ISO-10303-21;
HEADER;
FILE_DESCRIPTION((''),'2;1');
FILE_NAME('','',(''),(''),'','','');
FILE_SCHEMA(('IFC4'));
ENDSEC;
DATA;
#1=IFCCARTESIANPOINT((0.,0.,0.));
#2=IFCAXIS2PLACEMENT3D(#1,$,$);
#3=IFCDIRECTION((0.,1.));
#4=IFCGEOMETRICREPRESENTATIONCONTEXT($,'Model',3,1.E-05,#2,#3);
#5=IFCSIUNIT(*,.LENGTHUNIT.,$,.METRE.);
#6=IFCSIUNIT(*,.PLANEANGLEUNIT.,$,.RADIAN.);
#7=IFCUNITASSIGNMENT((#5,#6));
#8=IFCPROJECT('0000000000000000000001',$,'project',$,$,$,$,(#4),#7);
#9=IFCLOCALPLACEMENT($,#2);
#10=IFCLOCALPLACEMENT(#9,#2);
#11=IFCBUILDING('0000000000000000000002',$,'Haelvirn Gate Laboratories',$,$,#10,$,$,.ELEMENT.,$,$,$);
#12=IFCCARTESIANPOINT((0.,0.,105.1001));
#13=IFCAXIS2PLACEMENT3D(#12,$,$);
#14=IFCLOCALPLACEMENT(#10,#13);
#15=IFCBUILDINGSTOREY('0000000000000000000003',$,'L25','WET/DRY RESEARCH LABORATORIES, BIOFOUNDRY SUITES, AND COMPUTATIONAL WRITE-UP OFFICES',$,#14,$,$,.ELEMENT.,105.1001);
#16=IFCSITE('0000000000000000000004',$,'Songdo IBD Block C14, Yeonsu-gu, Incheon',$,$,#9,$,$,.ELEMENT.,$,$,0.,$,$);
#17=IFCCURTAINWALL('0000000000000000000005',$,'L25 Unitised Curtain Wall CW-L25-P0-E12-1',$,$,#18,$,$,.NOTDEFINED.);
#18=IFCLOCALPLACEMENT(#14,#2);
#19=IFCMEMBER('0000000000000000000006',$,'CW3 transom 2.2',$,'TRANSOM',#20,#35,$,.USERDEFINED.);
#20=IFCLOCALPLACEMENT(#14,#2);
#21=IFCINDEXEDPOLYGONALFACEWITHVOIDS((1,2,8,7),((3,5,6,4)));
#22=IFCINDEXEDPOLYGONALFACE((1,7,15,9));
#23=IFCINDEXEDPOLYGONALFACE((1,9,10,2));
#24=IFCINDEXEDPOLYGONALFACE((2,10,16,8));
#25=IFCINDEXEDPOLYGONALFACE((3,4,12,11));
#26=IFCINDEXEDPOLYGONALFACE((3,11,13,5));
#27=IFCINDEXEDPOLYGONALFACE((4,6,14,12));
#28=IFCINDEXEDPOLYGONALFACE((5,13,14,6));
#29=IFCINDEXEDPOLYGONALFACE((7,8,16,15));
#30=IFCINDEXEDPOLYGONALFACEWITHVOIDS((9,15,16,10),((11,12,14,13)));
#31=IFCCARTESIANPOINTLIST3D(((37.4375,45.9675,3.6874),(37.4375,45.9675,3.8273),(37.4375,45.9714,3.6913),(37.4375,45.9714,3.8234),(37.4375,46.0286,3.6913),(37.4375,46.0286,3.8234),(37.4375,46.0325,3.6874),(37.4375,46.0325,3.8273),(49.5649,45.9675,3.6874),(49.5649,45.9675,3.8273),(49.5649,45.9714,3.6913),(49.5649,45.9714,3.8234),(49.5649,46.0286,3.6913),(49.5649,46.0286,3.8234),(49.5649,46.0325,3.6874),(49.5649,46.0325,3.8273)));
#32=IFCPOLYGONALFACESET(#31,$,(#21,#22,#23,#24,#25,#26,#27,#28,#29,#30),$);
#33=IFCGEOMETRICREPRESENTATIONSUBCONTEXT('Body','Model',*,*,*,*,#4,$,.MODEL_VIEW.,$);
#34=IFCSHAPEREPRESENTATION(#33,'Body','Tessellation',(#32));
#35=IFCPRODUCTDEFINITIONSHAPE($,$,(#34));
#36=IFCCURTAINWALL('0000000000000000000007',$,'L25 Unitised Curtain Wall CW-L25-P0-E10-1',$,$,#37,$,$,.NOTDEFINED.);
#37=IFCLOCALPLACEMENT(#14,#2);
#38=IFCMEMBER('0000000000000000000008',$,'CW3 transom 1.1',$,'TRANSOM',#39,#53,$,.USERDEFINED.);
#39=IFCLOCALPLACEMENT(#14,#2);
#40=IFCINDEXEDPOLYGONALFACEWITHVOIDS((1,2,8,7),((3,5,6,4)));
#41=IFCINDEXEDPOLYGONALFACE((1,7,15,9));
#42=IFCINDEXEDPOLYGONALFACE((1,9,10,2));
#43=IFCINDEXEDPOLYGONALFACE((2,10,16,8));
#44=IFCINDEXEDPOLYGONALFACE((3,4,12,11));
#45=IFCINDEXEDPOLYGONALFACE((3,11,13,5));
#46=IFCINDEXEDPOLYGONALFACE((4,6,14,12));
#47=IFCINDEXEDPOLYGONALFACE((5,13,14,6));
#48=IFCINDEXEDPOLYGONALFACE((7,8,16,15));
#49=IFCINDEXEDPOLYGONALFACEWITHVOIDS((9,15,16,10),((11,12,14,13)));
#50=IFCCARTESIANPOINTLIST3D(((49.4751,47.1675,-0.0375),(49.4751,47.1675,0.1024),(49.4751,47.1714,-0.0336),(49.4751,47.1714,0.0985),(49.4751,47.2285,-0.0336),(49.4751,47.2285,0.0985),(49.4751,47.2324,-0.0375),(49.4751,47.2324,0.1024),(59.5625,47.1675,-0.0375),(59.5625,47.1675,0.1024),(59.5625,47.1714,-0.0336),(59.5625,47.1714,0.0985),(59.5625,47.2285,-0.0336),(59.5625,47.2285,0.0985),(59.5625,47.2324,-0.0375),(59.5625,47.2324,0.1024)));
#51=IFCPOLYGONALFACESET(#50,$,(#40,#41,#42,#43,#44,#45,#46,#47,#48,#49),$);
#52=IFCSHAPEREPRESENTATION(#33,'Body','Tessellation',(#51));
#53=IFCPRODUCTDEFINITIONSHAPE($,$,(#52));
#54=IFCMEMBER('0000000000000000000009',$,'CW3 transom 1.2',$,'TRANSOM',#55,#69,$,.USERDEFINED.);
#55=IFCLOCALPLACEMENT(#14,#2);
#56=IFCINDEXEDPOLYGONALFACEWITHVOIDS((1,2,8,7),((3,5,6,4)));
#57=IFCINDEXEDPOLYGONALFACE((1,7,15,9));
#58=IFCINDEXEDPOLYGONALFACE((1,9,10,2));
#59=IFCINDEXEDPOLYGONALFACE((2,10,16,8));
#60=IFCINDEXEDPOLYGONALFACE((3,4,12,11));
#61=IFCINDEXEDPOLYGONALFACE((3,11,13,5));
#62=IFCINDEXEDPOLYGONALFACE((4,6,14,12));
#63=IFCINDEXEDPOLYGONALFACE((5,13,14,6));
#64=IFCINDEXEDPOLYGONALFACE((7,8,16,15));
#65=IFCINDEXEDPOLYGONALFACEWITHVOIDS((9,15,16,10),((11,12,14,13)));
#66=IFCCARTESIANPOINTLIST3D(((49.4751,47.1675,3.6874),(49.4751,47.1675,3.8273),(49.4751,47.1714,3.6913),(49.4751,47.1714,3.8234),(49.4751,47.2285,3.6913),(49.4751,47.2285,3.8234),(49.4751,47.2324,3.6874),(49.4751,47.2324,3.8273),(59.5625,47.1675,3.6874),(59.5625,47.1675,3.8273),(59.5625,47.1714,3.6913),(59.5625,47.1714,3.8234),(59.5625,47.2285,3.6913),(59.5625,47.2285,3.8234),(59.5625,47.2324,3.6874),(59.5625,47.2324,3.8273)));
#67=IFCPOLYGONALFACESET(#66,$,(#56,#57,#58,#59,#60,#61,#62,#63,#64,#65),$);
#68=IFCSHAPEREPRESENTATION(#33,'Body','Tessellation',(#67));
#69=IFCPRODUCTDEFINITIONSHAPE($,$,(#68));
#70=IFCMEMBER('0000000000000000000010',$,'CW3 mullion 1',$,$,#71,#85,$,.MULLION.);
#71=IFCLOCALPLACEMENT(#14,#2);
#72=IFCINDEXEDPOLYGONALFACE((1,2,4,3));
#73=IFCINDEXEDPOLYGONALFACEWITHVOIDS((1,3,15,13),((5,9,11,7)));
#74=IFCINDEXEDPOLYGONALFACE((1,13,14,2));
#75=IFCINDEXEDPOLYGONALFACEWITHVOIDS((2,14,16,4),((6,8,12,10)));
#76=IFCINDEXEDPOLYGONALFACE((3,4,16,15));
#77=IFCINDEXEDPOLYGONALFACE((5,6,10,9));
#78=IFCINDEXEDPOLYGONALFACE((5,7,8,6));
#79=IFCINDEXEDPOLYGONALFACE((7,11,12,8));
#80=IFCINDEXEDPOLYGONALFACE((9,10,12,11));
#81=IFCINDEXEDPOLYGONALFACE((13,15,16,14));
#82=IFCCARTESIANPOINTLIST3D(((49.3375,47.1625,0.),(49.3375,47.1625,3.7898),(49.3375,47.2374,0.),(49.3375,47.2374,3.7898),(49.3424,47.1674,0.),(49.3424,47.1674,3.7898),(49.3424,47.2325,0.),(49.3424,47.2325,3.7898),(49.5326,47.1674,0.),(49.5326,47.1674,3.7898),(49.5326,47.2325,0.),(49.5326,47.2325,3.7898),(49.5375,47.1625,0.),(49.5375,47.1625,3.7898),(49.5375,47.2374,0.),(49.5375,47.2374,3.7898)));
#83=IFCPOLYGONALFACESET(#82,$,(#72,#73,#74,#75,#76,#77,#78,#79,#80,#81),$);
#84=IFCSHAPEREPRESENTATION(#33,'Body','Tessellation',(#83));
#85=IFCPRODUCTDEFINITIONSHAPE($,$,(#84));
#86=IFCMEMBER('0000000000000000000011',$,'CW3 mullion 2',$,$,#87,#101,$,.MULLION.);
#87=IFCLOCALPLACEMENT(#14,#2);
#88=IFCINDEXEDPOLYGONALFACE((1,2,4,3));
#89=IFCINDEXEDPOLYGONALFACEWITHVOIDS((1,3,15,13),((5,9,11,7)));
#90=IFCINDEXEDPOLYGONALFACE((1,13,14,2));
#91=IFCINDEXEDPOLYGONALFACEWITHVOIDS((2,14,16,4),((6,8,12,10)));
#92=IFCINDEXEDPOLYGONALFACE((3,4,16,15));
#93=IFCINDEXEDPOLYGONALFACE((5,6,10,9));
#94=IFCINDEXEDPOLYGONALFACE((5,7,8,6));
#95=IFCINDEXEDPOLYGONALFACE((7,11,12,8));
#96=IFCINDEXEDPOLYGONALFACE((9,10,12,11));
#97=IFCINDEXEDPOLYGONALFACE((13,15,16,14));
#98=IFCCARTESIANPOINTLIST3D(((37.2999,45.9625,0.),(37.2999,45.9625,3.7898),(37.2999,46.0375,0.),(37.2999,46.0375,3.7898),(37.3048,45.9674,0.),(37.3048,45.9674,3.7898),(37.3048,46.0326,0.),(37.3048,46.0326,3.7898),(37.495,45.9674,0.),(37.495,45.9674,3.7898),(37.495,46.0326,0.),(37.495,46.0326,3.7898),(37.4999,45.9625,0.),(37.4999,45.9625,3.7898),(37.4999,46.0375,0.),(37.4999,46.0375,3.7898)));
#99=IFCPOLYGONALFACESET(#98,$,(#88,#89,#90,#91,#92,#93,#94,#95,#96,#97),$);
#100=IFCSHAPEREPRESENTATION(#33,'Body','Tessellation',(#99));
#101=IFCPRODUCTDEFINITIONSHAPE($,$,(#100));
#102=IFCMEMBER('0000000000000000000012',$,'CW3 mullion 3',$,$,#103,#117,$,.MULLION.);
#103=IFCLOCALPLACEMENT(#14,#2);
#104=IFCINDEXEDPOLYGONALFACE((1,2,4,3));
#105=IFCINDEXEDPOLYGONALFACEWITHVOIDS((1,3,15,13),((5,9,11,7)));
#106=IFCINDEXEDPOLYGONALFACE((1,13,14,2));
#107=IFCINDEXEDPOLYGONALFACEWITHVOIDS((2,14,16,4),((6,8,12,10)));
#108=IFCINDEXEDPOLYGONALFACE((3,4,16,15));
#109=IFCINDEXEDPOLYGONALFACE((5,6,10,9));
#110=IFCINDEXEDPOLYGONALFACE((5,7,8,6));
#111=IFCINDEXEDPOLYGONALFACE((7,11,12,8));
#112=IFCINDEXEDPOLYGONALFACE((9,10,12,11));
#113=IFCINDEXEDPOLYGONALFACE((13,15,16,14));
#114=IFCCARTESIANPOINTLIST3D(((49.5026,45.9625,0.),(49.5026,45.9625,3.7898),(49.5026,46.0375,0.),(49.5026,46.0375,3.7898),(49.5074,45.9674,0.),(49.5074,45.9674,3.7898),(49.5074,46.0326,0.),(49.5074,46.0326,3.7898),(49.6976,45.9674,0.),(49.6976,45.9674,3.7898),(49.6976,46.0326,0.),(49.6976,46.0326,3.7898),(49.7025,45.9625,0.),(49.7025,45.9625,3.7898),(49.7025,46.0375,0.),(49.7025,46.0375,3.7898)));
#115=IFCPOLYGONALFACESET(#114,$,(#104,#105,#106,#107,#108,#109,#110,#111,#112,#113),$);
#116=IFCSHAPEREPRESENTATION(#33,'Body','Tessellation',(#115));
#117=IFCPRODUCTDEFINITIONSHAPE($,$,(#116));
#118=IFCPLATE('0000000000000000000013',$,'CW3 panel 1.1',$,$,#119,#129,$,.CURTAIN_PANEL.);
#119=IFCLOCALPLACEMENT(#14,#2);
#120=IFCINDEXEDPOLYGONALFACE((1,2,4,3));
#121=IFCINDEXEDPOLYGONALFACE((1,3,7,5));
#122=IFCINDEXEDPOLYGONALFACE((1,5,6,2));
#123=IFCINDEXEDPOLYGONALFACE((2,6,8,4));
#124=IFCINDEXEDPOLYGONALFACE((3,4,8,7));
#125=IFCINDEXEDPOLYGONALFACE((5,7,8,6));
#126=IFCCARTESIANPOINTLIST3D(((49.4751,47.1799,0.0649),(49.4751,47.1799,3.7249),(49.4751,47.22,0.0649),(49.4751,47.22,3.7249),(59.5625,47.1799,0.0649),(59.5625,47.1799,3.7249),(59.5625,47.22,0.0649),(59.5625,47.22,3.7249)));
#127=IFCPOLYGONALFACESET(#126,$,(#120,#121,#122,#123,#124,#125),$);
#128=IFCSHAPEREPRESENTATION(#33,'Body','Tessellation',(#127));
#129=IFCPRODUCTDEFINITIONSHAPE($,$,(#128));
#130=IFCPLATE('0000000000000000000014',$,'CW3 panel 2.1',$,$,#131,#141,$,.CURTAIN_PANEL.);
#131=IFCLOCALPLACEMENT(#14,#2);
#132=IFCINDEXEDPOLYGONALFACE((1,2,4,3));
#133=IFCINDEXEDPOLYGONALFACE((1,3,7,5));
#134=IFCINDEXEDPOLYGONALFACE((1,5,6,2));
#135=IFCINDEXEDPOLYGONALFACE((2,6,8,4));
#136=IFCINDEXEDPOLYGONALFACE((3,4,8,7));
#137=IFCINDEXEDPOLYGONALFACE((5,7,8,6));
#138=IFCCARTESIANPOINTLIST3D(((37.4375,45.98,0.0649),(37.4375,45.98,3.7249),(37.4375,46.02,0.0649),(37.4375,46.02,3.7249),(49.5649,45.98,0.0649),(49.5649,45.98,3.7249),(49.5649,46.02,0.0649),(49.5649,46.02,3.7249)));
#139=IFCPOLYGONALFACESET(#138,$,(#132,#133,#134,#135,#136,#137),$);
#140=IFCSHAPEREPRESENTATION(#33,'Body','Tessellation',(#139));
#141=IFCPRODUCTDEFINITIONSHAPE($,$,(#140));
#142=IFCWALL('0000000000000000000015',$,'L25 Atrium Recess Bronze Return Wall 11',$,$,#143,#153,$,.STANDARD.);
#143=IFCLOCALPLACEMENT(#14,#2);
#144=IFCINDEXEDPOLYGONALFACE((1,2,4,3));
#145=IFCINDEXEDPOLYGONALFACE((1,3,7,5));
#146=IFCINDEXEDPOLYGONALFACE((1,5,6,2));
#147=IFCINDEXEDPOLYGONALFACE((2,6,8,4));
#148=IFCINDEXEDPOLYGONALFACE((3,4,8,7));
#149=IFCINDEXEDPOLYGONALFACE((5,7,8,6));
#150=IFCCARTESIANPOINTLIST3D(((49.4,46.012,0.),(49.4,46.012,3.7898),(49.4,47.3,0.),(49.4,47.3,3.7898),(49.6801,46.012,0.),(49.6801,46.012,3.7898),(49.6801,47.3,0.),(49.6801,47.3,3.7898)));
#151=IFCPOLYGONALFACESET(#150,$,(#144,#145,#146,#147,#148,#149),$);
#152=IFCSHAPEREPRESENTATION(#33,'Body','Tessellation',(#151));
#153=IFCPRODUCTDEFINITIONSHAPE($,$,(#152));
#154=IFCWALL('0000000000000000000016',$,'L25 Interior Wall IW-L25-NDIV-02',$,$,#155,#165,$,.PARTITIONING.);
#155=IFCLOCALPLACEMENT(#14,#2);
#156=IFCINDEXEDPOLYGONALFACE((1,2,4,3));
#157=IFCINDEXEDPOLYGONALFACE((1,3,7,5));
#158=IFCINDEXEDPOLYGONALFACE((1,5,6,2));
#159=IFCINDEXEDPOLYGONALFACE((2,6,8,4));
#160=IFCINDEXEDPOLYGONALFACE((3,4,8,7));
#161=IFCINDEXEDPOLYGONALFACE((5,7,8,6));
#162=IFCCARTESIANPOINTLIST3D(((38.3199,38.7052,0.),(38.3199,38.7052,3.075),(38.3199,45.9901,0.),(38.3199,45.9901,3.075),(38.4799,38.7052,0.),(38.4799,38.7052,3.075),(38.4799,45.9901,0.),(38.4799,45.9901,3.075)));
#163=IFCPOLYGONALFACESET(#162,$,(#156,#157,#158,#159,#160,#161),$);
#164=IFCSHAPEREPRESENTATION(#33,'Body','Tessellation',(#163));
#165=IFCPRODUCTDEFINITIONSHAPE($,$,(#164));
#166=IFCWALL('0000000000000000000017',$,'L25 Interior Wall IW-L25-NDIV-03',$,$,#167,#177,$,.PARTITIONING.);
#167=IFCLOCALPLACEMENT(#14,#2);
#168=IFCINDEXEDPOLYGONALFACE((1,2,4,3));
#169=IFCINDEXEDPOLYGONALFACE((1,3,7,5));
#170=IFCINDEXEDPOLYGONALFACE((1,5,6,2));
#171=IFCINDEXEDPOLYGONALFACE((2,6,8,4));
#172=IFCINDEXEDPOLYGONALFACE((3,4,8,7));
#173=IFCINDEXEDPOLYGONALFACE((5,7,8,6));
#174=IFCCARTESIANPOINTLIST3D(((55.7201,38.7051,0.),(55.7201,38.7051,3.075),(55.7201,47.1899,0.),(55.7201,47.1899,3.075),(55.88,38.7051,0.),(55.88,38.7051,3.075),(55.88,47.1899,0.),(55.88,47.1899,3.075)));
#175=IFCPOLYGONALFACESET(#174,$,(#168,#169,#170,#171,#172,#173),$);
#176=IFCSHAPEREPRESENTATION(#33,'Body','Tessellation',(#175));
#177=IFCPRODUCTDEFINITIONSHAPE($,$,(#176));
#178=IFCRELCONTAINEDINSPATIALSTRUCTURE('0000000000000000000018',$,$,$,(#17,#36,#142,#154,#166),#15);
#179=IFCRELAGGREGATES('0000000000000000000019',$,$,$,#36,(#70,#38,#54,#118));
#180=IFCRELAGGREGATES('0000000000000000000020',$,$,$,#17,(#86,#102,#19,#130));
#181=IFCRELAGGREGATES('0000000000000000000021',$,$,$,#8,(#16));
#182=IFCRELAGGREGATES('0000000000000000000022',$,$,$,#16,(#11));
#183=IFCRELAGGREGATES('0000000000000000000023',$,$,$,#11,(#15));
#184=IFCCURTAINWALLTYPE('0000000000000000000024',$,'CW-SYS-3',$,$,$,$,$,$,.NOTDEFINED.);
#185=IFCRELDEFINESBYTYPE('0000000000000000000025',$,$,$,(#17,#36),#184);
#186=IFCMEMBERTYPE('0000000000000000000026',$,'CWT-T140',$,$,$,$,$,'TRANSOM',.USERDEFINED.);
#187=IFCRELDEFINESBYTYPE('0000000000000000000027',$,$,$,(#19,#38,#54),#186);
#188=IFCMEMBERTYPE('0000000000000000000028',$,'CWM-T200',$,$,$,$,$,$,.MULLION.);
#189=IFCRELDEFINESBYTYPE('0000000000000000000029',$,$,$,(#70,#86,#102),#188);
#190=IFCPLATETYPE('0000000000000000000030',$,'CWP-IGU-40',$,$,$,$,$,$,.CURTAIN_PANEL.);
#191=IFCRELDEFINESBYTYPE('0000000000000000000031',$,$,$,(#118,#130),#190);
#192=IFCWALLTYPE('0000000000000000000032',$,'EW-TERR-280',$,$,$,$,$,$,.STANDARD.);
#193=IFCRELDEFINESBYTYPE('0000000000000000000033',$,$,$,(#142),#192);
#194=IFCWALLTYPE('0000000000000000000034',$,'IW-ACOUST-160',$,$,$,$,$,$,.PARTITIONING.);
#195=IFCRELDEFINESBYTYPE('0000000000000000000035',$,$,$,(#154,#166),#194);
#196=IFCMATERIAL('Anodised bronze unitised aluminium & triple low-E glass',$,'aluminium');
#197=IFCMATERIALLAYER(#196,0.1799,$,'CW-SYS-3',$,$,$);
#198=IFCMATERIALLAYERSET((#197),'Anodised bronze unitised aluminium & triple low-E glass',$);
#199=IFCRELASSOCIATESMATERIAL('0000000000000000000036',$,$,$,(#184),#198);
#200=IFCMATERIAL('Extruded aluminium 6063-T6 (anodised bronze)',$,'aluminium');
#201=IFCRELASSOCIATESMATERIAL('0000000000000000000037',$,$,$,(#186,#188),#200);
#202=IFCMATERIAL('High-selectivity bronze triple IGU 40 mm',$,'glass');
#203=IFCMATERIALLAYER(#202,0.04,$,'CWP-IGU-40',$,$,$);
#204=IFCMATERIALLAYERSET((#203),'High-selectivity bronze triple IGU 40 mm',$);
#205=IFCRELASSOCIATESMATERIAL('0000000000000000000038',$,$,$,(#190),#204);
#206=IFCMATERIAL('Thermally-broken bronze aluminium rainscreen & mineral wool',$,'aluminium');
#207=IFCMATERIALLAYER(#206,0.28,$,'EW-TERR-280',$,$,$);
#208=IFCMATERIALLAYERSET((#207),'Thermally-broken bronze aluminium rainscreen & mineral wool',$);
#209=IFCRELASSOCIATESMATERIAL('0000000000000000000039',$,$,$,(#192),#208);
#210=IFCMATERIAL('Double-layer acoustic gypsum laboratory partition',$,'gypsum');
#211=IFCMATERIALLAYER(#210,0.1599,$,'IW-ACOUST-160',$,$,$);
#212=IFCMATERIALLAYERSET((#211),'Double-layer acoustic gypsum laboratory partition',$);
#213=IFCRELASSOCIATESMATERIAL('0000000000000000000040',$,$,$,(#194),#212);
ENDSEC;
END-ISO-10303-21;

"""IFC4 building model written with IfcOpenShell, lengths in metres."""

from ifc_helpers import new_model, si_unit, direction, frame, frame_2d, origin, origin_2d, place, context, subcontext, project, spatial, rectangle, hollow_rectangle, extrude, source, transform, mapped, material, layer, layer_set, material_profile, profile_set, type_object, type_shapes, element, aggregate, save


model = new_model("IFC4")

# Units and contexts
model_context = context("Model", 3, precision=1e-05, world=origin(), true_north=direction((0.0, 1.0)))
body_context = subcontext(model_context, "Body", "Model", "MODEL_VIEW")
ifc_project = project(units=[si_unit("LENGTHUNIT", "METRE"), si_unit("PLANEANGLEUNIT", "RADIAN")], contexts=[model_context])

# Site, building, storey
site_placement = place(None, origin())
site = spatial("IfcSite", under=ifc_project, at=site_placement, Name="Songdo IBD Block C14, Yeonsu-gu, Incheon", CompositionType="ELEMENT", RefElevation=0.0)
building_placement = place(site_placement, origin())
building = spatial("IfcBuilding", under=site, at=building_placement, Name="Haelvirn Gate Laboratories", CompositionType="ELEMENT")
storey_placement = place(building_placement, frame((0.0, 0.0, 105.1001)))
storey = spatial("IfcBuildingStorey", under=building, at=storey_placement, Name="L25", Description="WET/DRY RESEARCH LABORATORIES, BIOFOUNDRY SUITES, AND COMPUTATIONAL WRITE-UP OFFICES", CompositionType="ELEMENT", Elevation=105.1001)

# Curtain walls, members
ifc_material_1 = material(Name="Anodised bronze unitised aluminium & triple low-E glass", Category="aluminium")
ifc_layer_1 = layer(ifc_material_1, 0.1799, Name="CW-SYS-3")
ifc_layer_set_1 = layer_set([ifc_layer_1], Name="Anodised bronze unitised aluminium & triple low-E glass")
curtain_wall_type = type_object("IfcCurtainWallType", Name="CW-SYS-3", PredefinedType="NOTDEFINED", material=ifc_layer_set_1)
curtain_wall_1_placement = place(storey_placement, origin())
curtain_wall_1 = element("IfcCurtainWall", 1, at=curtain_wall_1_placement, inside=storey, type_object=curtain_wall_type, Name="L25 Unitised Curtain Wall CW-L25-P0-E12-1", PredefinedType="NOTDEFINED")
ifc_material_2 = material(Name="Extruded aluminium 6063-T6 (anodised bronze)", Category="aluminium")
ifc_material_profile_1 = material_profile(ifc_material_2, hollow_rectangle(XDim=0.0649, YDim=0.1399, WallThickness=0.0039, at=origin_2d()), Name="CWT-140x65x4")
ifc_profile_set_1 = profile_set([ifc_material_profile_1], Name="Extruded aluminium 6063-T6 (anodised bronze)")
member_type_1 = type_object("IfcMemberType", Name="CWT-T140", ElementType="TRANSOM", PredefinedType="USERDEFINED", material=ifc_profile_set_1)
shared_shape_1 = source(origin(), body_context, "Body", "SweptSolid", [
    extrude(hollow_rectangle(XDim=0.0649, YDim=0.1399, WallThickness=0.0039, at=origin_2d()), origin(), (0.0, 0.0, 1.0), 12.1274),
])
member_1_placement = place(storey_placement, frame((37.4375, 46.0, 3.7573), z_axis=(1.0, 0.0, 0.0), x_axis=(0.0, 1.0, 0.0)))
member_1 = element("IfcMember", 2, at=member_1_placement, type_object=member_type_1, Name="CW3 transom 2.2", ObjectType="TRANSOM", PredefinedType="USERDEFINED", context=body_context, shape_type="MappedRepresentation", body=[
    mapped(shared_shape_1, transform((0.0, 0.0, 0.0), scale=1.0)),
])
curtain_wall_2_placement = place(storey_placement, origin())
curtain_wall_2 = element("IfcCurtainWall", 3, at=curtain_wall_2_placement, inside=storey, type_object=curtain_wall_type, Name="L25 Unitised Curtain Wall CW-L25-P0-E10-1", PredefinedType="NOTDEFINED")
shared_shape_2 = source(origin(), body_context, "Body", "SweptSolid", [
    extrude(hollow_rectangle(XDim=0.0649, YDim=0.1399, WallThickness=0.0039, at=origin_2d()), origin(), (0.0, 0.0, 1.0), 10.0874),
])
type_shapes(member_type_1, [shared_shape_1, shared_shape_2])
member_2_placement = place(storey_placement, frame((49.4751, 47.2, 0.0325), z_axis=(1.0, 0.0, 0.0), x_axis=(0.0, 1.0, 0.0)))
member_2 = element("IfcMember", 4, at=member_2_placement, type_object=member_type_1, Name="CW3 transom 1.1", ObjectType="TRANSOM", PredefinedType="USERDEFINED", context=body_context, shape_type="MappedRepresentation", body=[
    mapped(shared_shape_2, transform((0.0, 0.0, 0.0), scale=1.0)),
])
member_3_placement = place(storey_placement, frame((49.4751, 47.2, 3.7573), z_axis=(1.0, 0.0, 0.0), x_axis=(0.0, 1.0, 0.0)))
member_3 = element("IfcMember", 5, at=member_3_placement, type_object=member_type_1, Name="CW3 transom 1.2", ObjectType="TRANSOM", PredefinedType="USERDEFINED", context=body_context, shape_type="MappedRepresentation", body=[
    mapped(shared_shape_2, transform((0.0, 0.0, 0.0), scale=1.0)),
])
ifc_material_profile_2 = material_profile(ifc_material_2, hollow_rectangle(XDim=0.075, YDim=0.2, WallThickness=0.0049, at=origin_2d()), Name="CWM-200x75x5")
ifc_profile_set_2 = profile_set([ifc_material_profile_2], Name="Extruded aluminium 6063-T6 (anodised bronze)")
member_type_2 = type_object("IfcMemberType", Name="CWM-T200", PredefinedType="MULLION", material=ifc_profile_set_2)
shared_shape_3 = source(origin(), body_context, "Body", "SweptSolid", [
    extrude(hollow_rectangle(XDim=0.075, YDim=0.2, WallThickness=0.0049, at=origin_2d()), origin(), (0.0, 0.0, 1.0), 3.7898),
])
type_shapes(member_type_2, [shared_shape_3])
member_4_placement = place(storey_placement, frame((49.4375, 47.2, 0.0), z_axis=(0.0, 0.0, 1.0), x_axis=(0.0, 1.0, 0.0)))
member_4 = element("IfcMember", 6, at=member_4_placement, type_object=member_type_2, Name="CW3 mullion 1", PredefinedType="MULLION", context=body_context, shape_type="MappedRepresentation", body=[
    mapped(shared_shape_3, transform((0.0, 0.0, 0.0), scale=1.0)),
])

# Members
member_5_placement = place(storey_placement, frame((37.3999, 46.0, 0.0), z_axis=(0.0, 0.0, 1.0), x_axis=(0.0, 1.0, 0.0)))
member_5 = element("IfcMember", 7, at=member_5_placement, type_object=member_type_2, Name="CW3 mullion 2", PredefinedType="MULLION", context=body_context, shape_type="MappedRepresentation", body=[
    mapped(shared_shape_3, transform((0.0, 0.0, 0.0), scale=1.0)),
])
member_6_placement = place(storey_placement, frame((49.6025, 46.0, 0.0), z_axis=(0.0, 0.0, 1.0), x_axis=(0.0, 1.0, 0.0)))
member_6 = element("IfcMember", 8, at=member_6_placement, type_object=member_type_2, Name="CW3 mullion 3", PredefinedType="MULLION", context=body_context, shape_type="MappedRepresentation", body=[
    mapped(shared_shape_3, transform((0.0, 0.0, 0.0), scale=1.0)),
])

# Plates
ifc_material_3 = material(Name="High-selectivity bronze triple IGU 40 mm", Category="glass")
ifc_layer_2 = layer(ifc_material_3, 0.04, Name="CWP-IGU-40")
ifc_layer_set_2 = layer_set([ifc_layer_2], Name="High-selectivity bronze triple IGU 40 mm")
plate_type = type_object("IfcPlateType", Name="CWP-IGU-40", PredefinedType="CURTAIN_PANEL", material=ifc_layer_set_2)
shared_shape_4 = source(origin(), body_context, "Body", "SweptSolid", [
    extrude(rectangle(XDim=10.0874, YDim=0.04, at=origin_2d()), origin(), (0.0, 0.0, 1.0), 3.6599),
])
plate_1_placement = place(storey_placement, frame((54.5188, 47.2, 0.0649), z_axis=(0.0, 0.0, 1.0), x_axis=(1.0, 0.0, 0.0)))
plate_1 = element("IfcPlate", 9, at=plate_1_placement, type_object=plate_type, Name="CW3 panel 1.1", PredefinedType="CURTAIN_PANEL", context=body_context, shape_type="MappedRepresentation", body=[
    mapped(shared_shape_4, transform((0.0, 0.0, 0.0), scale=1.0)),
])
aggregate(curtain_wall_2, [member_4, member_2, member_3, plate_1])
shared_shape_5 = source(origin(), body_context, "Body", "SweptSolid", [
    extrude(rectangle(XDim=12.1274, YDim=0.04, at=origin_2d()), origin(), (0.0, 0.0, 1.0), 3.6599),
])
type_shapes(plate_type, [shared_shape_4, shared_shape_5])
plate_2_placement = place(storey_placement, frame((43.5012, 46.0, 0.0649), z_axis=(0.0, 0.0, 1.0), x_axis=(1.0, 0.0, 0.0)))
plate_2 = element("IfcPlate", 10, at=plate_2_placement, type_object=plate_type, Name="CW3 panel 2.1", PredefinedType="CURTAIN_PANEL", context=body_context, shape_type="MappedRepresentation", body=[
    mapped(shared_shape_5, transform((0.0, 0.0, 0.0), scale=1.0)),
])
aggregate(curtain_wall_1, [member_5, member_6, member_1, plate_2])

# Walls
ifc_material_4 = material(Name="Thermally-broken bronze aluminium rainscreen & mineral wool", Category="aluminium")
ifc_layer_3 = layer(ifc_material_4, 0.28, Name="EW-TERR-280")
ifc_layer_set_3 = layer_set([ifc_layer_3], Name="Thermally-broken bronze aluminium rainscreen & mineral wool")
wall_type_1 = type_object("IfcWallType", Name="EW-TERR-280", PredefinedType="STANDARD", material=ifc_layer_set_3)
wall_1_placement = place(storey_placement, frame((49.54, 47.3, 0.0), z_axis=(0.0, 0.0, 1.0), x_axis=(0.0, -1.0, 0.0)))
element("IfcWall", 11, at=wall_1_placement, inside=storey, type_object=wall_type_1, Name="L25 Atrium Recess Bronze Return Wall 11", PredefinedType="STANDARD", context=body_context, shape_type="SweptSolid", body=[
    extrude(rectangle(XDim=1.2881, YDim=0.28, at=frame_2d((0.644, 0.0))), origin(), (0.0, 0.0, 1.0), 3.7898),
])
ifc_material_5 = material(Name="Double-layer acoustic gypsum laboratory partition", Category="gypsum")
ifc_layer_4 = layer(ifc_material_5, 0.1599, Name="IW-ACOUST-160")
ifc_layer_set_4 = layer_set([ifc_layer_4], Name="Double-layer acoustic gypsum laboratory partition")
wall_type_2 = type_object("IfcWallType", Name="IW-ACOUST-160", PredefinedType="PARTITIONING", material=ifc_layer_set_4)
wall_2_placement = place(storey_placement, frame((38.3999, 38.7051, 0.0), z_axis=(0.0, 0.0, 1.0), x_axis=(0.0, 1.0, 0.0)))
element("IfcWall", 12, at=wall_2_placement, inside=storey, type_object=wall_type_2, Name="L25 Interior Wall IW-L25-NDIV-02", PredefinedType="PARTITIONING", context=body_context, shape_type="SweptSolid", body=[
    extrude(rectangle(XDim=7.2849, YDim=0.1599, at=frame_2d((3.6426, 0.0))), origin(), (0.0, 0.0, 1.0), 3.075),
])
wall_3_placement = place(storey_placement, frame((55.8, 38.7051, 0.0), z_axis=(0.0, 0.0, 1.0), x_axis=(0.0, 1.0, 0.0)))
element("IfcWall", 13, at=wall_3_placement, inside=storey, type_object=wall_type_2, Name="L25 Interior Wall IW-L25-NDIV-03", PredefinedType="PARTITIONING", context=body_context, shape_type="SweptSolid", body=[
    extrude(rectangle(XDim=8.4849, YDim=0.1599, at=frame_2d((4.2424, 0.0))), origin(), (0.0, 0.0, 1.0), 3.075),
])

save(model, "model.ifc")
